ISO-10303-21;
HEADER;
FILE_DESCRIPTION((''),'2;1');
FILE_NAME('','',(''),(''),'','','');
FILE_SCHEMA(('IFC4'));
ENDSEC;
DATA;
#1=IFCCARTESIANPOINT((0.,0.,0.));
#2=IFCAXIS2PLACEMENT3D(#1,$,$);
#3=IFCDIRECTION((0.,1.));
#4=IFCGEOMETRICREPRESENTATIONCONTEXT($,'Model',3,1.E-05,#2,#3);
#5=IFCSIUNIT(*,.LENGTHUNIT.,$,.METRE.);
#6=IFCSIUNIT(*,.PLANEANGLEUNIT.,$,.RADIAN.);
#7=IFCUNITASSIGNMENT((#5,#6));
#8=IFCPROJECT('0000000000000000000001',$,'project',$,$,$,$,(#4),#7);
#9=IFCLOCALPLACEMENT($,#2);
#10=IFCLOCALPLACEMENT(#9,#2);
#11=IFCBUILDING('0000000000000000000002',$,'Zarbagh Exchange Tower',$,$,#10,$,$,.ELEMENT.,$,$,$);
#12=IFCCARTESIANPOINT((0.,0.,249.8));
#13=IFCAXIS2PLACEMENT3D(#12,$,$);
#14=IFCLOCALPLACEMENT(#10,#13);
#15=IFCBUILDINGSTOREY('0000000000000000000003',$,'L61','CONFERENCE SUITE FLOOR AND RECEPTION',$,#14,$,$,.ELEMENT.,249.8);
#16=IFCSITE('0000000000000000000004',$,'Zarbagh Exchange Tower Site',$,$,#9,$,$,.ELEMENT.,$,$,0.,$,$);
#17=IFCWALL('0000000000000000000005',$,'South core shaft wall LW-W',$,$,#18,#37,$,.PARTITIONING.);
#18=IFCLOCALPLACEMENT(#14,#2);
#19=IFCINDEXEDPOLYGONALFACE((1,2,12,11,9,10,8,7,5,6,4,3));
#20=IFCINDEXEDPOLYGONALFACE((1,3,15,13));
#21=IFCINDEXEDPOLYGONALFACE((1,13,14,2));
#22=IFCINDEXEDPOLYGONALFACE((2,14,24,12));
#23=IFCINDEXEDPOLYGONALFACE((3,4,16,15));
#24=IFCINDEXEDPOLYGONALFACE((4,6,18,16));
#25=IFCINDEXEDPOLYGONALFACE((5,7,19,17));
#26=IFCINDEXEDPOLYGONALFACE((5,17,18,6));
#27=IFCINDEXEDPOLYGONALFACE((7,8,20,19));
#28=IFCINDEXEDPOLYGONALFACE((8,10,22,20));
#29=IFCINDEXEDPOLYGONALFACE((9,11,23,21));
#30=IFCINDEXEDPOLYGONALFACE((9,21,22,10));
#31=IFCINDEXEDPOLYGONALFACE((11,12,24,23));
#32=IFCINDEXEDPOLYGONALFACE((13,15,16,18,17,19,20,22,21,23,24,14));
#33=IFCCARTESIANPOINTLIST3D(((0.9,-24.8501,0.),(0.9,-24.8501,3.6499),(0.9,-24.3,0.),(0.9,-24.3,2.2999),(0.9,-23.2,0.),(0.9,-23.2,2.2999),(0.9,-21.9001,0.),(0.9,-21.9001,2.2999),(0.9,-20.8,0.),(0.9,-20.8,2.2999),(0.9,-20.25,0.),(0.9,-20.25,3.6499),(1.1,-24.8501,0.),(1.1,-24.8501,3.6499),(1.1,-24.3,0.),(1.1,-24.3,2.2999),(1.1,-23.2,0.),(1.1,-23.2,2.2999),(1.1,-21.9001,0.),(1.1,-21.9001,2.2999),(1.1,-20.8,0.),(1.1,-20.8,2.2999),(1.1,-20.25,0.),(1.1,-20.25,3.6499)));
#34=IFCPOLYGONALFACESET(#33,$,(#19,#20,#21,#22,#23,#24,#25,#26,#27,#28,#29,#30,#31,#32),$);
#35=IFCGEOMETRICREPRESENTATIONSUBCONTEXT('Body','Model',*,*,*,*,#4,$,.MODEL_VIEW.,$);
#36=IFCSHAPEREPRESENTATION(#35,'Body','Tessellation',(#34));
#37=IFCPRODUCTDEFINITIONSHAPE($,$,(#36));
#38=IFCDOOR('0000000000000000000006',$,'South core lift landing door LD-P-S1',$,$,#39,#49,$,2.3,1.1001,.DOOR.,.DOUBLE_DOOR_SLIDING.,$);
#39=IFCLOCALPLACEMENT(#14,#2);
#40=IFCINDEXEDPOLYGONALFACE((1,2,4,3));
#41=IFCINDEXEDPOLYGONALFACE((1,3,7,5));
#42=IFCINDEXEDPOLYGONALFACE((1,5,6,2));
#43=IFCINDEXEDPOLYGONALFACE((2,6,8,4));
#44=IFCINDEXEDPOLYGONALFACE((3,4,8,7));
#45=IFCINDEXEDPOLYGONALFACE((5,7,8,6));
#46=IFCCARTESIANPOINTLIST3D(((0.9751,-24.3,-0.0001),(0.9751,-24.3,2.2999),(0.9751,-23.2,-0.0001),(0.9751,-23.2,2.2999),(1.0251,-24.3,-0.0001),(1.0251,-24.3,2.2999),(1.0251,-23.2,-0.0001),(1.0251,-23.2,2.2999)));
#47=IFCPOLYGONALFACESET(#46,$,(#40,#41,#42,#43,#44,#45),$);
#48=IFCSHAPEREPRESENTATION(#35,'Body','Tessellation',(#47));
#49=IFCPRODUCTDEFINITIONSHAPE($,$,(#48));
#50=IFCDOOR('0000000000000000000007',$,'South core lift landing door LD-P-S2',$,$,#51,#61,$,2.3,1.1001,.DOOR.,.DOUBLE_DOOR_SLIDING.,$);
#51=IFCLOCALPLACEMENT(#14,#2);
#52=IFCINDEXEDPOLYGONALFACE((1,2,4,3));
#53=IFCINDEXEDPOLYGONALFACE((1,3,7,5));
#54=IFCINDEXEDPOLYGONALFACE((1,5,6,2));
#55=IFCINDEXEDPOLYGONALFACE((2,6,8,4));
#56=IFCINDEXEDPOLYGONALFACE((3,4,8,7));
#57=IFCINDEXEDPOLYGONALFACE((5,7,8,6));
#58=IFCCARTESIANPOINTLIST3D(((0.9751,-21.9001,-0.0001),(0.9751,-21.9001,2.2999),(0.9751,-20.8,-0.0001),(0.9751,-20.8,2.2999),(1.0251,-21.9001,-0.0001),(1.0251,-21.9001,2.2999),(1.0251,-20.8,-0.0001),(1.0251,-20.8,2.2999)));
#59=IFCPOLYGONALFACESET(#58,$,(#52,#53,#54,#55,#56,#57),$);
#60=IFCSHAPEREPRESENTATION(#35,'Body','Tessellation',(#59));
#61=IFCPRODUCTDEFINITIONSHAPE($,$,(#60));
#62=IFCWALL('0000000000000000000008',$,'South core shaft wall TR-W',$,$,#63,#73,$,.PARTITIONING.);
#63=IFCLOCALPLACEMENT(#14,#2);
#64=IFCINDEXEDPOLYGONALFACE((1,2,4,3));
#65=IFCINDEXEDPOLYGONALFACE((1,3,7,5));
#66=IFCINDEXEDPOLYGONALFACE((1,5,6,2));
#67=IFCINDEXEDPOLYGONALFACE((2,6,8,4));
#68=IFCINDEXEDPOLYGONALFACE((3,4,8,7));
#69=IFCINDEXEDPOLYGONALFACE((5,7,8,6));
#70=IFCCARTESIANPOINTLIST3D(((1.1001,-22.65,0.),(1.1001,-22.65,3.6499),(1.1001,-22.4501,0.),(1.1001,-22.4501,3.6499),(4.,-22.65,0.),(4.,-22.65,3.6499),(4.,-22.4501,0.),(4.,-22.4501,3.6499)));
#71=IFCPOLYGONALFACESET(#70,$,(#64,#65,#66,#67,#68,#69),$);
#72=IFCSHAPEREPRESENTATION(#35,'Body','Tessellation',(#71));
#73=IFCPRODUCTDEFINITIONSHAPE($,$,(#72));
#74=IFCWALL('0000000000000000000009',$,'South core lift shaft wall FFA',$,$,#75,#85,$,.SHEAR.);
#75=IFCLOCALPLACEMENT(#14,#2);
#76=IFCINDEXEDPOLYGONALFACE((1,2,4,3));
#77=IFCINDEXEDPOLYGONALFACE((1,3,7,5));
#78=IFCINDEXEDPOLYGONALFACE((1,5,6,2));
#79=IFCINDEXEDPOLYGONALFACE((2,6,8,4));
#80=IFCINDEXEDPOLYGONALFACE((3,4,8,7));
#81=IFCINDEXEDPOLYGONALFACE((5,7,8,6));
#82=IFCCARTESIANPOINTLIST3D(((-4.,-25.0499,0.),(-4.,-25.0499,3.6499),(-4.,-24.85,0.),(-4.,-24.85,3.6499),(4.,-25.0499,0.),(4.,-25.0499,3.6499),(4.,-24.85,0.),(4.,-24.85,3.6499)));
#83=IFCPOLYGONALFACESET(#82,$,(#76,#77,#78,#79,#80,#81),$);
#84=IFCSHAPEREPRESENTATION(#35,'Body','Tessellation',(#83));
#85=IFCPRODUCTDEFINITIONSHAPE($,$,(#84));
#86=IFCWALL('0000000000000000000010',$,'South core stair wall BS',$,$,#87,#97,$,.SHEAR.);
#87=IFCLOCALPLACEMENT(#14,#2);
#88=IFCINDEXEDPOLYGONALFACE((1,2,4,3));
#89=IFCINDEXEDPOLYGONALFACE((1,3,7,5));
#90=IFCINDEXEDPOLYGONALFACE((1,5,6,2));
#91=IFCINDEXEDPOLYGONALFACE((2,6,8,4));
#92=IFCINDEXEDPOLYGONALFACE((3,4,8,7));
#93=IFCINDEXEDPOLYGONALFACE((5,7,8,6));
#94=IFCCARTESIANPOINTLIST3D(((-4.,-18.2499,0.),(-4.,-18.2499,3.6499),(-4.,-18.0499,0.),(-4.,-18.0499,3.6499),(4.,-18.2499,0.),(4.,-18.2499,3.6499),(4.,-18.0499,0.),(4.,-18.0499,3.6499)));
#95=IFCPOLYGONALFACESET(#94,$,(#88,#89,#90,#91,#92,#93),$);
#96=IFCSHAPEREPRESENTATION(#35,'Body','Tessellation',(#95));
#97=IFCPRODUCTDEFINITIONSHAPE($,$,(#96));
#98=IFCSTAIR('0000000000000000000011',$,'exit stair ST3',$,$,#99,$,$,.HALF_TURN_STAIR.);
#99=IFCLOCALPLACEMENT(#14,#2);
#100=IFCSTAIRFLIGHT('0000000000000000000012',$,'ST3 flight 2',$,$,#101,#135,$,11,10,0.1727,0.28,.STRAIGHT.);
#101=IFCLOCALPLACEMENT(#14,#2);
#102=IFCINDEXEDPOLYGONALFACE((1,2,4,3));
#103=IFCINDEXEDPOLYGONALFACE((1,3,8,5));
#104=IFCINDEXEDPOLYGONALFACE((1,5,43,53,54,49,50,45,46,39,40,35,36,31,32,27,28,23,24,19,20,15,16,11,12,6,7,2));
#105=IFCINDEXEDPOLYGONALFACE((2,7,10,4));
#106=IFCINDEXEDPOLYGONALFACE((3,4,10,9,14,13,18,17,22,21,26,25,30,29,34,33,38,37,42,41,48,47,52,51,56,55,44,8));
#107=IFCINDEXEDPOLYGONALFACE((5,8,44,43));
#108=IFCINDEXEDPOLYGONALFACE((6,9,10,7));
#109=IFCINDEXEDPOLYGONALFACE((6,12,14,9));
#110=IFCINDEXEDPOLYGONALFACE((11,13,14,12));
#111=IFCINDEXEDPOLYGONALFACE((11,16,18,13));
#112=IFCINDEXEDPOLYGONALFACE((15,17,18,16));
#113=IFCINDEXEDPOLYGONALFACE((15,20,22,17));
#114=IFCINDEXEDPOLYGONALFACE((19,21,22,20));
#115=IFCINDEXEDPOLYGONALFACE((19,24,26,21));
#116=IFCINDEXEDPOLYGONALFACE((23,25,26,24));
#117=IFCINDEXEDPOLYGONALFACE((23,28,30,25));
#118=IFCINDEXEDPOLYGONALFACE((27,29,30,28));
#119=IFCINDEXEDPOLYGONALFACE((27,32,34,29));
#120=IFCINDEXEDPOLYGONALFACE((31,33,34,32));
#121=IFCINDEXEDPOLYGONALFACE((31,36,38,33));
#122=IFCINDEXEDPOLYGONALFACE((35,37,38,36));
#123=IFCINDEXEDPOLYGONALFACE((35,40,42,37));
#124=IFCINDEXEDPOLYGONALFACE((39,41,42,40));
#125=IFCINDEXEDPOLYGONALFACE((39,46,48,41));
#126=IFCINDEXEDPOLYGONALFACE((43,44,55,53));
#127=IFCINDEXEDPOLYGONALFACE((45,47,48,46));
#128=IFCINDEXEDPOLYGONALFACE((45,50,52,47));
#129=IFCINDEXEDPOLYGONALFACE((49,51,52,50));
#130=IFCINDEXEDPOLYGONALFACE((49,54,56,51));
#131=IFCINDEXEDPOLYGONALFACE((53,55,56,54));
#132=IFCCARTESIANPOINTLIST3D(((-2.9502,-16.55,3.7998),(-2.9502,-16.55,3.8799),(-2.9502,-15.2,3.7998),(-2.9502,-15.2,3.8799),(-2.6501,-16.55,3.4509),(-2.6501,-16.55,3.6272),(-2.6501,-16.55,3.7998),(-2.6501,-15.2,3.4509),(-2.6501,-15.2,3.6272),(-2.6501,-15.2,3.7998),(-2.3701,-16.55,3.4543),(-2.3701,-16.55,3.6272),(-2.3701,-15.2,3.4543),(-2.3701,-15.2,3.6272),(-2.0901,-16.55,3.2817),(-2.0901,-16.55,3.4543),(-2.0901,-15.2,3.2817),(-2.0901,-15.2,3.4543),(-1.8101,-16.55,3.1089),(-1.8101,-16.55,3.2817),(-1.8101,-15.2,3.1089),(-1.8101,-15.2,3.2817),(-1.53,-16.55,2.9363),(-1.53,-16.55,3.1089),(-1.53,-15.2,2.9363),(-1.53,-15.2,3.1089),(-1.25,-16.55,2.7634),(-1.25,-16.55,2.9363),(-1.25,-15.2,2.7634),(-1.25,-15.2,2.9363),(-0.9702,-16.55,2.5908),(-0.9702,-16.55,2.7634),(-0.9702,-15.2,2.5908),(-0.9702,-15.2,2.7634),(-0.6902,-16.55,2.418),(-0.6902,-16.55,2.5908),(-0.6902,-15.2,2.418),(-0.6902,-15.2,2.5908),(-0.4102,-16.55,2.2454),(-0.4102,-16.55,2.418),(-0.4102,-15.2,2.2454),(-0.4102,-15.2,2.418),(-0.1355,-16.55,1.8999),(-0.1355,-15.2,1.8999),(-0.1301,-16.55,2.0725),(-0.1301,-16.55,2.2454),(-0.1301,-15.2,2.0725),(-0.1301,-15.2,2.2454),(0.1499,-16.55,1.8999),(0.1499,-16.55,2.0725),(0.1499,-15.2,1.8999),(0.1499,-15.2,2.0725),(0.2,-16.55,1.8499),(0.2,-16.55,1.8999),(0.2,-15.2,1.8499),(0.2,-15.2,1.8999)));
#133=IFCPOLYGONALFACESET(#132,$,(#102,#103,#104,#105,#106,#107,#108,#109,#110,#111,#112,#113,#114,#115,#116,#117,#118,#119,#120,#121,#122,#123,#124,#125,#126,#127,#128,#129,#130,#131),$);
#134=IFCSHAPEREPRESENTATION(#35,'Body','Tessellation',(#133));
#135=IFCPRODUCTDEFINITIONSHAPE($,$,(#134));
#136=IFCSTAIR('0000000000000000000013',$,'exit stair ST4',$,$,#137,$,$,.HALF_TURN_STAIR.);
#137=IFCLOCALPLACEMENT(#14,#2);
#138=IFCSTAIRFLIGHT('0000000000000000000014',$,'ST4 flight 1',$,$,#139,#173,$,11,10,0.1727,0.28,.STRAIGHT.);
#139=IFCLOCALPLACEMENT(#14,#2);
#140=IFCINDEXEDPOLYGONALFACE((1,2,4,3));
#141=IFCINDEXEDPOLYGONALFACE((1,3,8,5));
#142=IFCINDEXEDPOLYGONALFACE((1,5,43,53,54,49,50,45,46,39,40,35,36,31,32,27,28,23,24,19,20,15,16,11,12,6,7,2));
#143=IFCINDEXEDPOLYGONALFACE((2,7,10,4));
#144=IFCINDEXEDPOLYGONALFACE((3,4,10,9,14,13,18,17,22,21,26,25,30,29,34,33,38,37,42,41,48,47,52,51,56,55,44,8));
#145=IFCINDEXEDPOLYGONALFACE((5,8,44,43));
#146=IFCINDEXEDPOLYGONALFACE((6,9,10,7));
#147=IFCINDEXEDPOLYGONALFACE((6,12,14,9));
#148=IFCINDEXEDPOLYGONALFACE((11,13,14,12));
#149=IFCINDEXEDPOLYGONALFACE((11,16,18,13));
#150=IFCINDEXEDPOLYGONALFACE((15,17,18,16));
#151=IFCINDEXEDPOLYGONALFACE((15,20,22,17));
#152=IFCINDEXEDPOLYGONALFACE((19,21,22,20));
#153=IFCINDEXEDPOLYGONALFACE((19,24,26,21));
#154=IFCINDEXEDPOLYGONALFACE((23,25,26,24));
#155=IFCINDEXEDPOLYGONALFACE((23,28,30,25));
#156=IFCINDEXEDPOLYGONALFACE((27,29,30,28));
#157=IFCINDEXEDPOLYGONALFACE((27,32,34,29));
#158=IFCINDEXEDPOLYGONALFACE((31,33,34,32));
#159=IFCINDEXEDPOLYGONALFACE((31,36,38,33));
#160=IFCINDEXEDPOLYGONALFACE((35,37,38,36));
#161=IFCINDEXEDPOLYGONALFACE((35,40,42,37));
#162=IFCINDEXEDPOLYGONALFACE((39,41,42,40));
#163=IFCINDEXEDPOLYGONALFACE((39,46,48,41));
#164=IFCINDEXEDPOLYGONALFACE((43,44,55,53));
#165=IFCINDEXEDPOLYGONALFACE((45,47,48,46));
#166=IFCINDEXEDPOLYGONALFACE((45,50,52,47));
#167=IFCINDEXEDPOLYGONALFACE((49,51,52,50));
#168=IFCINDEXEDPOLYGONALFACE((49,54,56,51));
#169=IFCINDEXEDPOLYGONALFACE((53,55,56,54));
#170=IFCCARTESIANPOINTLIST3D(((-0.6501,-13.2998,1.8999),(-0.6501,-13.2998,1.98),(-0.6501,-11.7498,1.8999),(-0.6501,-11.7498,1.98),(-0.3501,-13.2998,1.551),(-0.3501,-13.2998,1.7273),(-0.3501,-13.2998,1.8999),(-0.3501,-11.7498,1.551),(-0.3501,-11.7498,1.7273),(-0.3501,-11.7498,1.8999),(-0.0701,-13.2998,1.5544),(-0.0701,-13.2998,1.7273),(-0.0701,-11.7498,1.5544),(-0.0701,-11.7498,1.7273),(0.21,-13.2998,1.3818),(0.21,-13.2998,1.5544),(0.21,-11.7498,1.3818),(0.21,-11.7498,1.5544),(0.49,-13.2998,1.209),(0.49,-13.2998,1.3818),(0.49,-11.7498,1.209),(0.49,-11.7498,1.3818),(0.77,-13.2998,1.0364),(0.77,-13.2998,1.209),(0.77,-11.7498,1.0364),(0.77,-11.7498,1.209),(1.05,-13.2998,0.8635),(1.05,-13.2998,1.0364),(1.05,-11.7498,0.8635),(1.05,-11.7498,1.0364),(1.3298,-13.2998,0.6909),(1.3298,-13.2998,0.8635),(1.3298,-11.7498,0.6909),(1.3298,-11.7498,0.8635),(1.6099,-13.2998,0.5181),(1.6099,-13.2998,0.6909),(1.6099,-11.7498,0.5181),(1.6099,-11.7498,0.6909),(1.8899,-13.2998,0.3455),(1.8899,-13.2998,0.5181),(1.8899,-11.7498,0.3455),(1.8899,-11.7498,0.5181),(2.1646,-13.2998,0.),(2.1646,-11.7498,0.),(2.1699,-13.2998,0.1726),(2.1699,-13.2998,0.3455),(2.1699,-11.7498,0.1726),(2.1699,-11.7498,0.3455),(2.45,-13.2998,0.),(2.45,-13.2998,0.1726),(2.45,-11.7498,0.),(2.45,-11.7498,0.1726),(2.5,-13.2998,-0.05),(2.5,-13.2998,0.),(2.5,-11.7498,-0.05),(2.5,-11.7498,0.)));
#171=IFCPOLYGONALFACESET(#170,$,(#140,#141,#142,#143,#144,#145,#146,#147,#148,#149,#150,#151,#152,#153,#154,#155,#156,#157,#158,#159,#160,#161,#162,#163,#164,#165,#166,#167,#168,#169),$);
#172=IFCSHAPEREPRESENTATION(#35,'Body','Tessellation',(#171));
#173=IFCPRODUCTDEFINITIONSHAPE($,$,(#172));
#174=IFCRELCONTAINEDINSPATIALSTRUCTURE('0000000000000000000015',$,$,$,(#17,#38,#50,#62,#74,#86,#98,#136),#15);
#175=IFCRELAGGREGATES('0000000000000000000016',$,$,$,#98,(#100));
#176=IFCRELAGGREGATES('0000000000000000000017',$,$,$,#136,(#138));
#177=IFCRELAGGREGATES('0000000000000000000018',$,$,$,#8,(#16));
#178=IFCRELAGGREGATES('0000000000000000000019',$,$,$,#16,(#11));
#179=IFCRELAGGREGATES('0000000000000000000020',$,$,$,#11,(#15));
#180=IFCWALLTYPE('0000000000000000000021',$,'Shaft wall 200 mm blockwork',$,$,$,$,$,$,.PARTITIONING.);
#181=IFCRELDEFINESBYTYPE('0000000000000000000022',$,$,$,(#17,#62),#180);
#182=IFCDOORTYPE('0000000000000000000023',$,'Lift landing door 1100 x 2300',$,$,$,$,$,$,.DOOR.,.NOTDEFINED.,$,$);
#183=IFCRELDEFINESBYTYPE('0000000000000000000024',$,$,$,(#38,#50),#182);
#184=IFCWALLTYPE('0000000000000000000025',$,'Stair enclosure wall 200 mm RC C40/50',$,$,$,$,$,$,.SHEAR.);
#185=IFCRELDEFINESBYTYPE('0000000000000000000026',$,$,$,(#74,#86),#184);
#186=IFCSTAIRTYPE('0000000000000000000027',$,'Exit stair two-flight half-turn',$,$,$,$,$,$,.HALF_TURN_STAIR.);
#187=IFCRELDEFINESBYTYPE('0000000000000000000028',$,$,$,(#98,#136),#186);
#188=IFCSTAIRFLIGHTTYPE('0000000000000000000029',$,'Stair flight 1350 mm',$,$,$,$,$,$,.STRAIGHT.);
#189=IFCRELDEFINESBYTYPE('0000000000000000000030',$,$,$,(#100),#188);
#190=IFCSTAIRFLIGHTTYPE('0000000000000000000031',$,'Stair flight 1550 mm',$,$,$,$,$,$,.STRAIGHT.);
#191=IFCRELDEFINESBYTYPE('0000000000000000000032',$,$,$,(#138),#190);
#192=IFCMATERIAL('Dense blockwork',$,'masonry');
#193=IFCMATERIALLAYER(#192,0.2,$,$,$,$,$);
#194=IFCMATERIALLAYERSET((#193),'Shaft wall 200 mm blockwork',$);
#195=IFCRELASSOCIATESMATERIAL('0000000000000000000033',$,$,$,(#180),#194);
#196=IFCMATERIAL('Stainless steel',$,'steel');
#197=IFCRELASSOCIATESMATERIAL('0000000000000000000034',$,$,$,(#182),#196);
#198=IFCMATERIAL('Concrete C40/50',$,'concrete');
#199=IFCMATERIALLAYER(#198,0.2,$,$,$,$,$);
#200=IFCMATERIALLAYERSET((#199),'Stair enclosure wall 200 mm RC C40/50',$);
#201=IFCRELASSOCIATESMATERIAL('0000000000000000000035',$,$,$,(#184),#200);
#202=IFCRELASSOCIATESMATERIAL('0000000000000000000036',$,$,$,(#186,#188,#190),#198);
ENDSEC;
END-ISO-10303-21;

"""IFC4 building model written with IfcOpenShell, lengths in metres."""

from ifc_helpers import new_model, si_unit, direction, frame, frame_2d, origin, place, context, subcontext, project, spatial, polyline, rectangle, outline, extrude, material, layer, layer_set, type_object, element, fill, aggregate, save


model = new_model("IFC4")

# Units and contexts
model_context = context("Model", 3, precision=1e-05, world=origin(), true_north=direction((0.0, 1.0)))
body_context = subcontext(model_context, "Body", "Model", "MODEL_VIEW")
ifc_project = project(units=[si_unit("LENGTHUNIT", "METRE"), si_unit("PLANEANGLEUNIT", "RADIAN")], contexts=[model_context])

# Site, building, storey
site_placement = place(None, origin())
site = spatial("IfcSite", under=ifc_project, at=site_placement, Name="Zarbagh Exchange Tower Site", CompositionType="ELEMENT", RefElevation=0.0)
building_placement = place(site_placement, origin())
building = spatial("IfcBuilding", under=site, at=building_placement, Name="Zarbagh Exchange Tower", CompositionType="ELEMENT")
storey_placement = place(building_placement, frame((0.0, 0.0, 249.8)))
storey = spatial("IfcBuildingStorey", under=building, at=storey_placement, Name="L61", Description="CONFERENCE SUITE FLOOR AND RECEPTION", CompositionType="ELEMENT", Elevation=249.8)

# Shared definitions
ifc_material_1 = material(Name="Dense blockwork", Category="masonry")
ifc_layer_1 = layer(ifc_material_1, 0.2)
ifc_layer_set_1 = layer_set([ifc_layer_1], Name="Shaft wall 200 mm blockwork")
wall_type_1 = type_object("IfcWallType", Name="Shaft wall 200 mm blockwork", PredefinedType="PARTITIONING", material=ifc_layer_set_1)

# Wall, openings, doors
wall_1_placement = place(storey_placement, frame((1.0, -24.8501, 0.0), z_axis=(0.0, 0.0, 1.0), x_axis=(0.0, 1.0, 0.0)))
wall_1 = element("IfcWall", 1, at=wall_1_placement, inside=storey, type_object=wall_type_1, Name="South core shaft wall LW-W", PredefinedType="PARTITIONING", context=body_context, shape_type="SweptSolid", body=[
    extrude(rectangle(XDim=4.6001, YDim=0.2, at=frame_2d((2.3, 0.0))), origin(), (0.0, 0.0, 1.0), 3.6499),
])
opening_1_placement = place(wall_1_placement, frame((0.55, 0.0, 0.0)))
opening_1 = element("IfcOpeningElement", 2, at=opening_1_placement, cuts=wall_1, PredefinedType="OPENING", context=body_context, shape_type="SweptSolid", body=[
    extrude(rectangle(XDim=1.1001, YDim=2.3, at=frame_2d((0.55, 1.1499))), frame((0.0, 0.1099, 0.0), z_axis=(0.0, -1.0, 0.0), x_axis=(1.0, 0.0, 0.0)), (0.0, 0.0, 1.0), 0.22),
])
opening_2_placement = place(wall_1_placement, frame((2.95, 0.0, 0.0)))
opening_2 = element("IfcOpeningElement", 3, at=opening_2_placement, cuts=wall_1, PredefinedType="OPENING", context=body_context, shape_type="SweptSolid", body=[
    extrude(rectangle(XDim=1.1001, YDim=2.3, at=frame_2d((0.55, 1.1499))), frame((0.0, 0.1099, 0.0), z_axis=(0.0, -1.0, 0.0), x_axis=(1.0, 0.0, 0.0)), (0.0, 0.0, 1.0), 0.22),
])
ifc_material_2 = material(Name="Stainless steel", Category="steel")
door_type = type_object("IfcDoorType", Name="Lift landing door 1100 x 2300", OperationType="NOTDEFINED", PredefinedType="DOOR", material=ifc_material_2)
door_1_placement = place(opening_1_placement, origin())
door_1 = element("IfcDoor", 4, at=door_1_placement, inside=storey, type_object=door_type, Name="South core lift landing door LD-P-S1", OperationType="DOUBLE_DOOR_SLIDING", OverallHeight=2.3, OverallWidth=1.1001, PredefinedType="DOOR", context=body_context, shape_type="SweptSolid", body=[
    extrude(rectangle(XDim=1.1001, YDim=2.3, at=frame_2d((0.55, 1.1499))), frame((0.0, 0.0249, 0.0), z_axis=(0.0, -1.0, 0.0), x_axis=(1.0, 0.0, 0.0)), (0.0, 0.0, 1.0), 0.05),
])
fill(opening_1, door_1)
door_2_placement = place(opening_2_placement, origin())
door_2 = element("IfcDoor", 5, at=door_2_placement, inside=storey, type_object=door_type, Name="South core lift landing door LD-P-S2", OperationType="DOUBLE_DOOR_SLIDING", OverallHeight=2.3, OverallWidth=1.1001, PredefinedType="DOOR", context=body_context, shape_type="SweptSolid", body=[
    extrude(rectangle(XDim=1.1001, YDim=2.3, at=frame_2d((0.55, 1.1499))), frame((0.0, 0.0249, 0.0), z_axis=(0.0, -1.0, 0.0), x_axis=(1.0, 0.0, 0.0)), (0.0, 0.0, 1.0), 0.05),
])
fill(opening_2, door_2)

# Walls
wall_2_placement = place(storey_placement, frame((4.0, -22.55, 0.0), z_axis=(0.0, 0.0, 1.0), x_axis=(-1.0, 0.0, 0.0)))
element("IfcWall", 6, at=wall_2_placement, inside=storey, type_object=wall_type_1, Name="South core shaft wall TR-W", PredefinedType="PARTITIONING", context=body_context, shape_type="SweptSolid", body=[
    extrude(rectangle(XDim=2.8999, YDim=0.2, at=frame_2d((1.45, 0.0))), origin(), (0.0, 0.0, 1.0), 3.6499),
])
ifc_material_3 = material(Name="Concrete C40/50", Category="concrete")
ifc_layer_2 = layer(ifc_material_3, 0.2)
ifc_layer_set_2 = layer_set([ifc_layer_2], Name="Stair enclosure wall 200 mm RC C40/50")
wall_type_2 = type_object("IfcWallType", Name="Stair enclosure wall 200 mm RC C40/50", PredefinedType="SHEAR", material=ifc_layer_set_2)
for number, where, z_axis, x_axis, name in (
    (7, (4.0, -24.95, 0.0), (0.0, 0.0, 1.0), (-1.0, 0.0, 0.0), "South core lift shaft wall FFA"),
    (8, (4.0, -18.1499, 0.0), (0.0, 0.0, 1.0), (-1.0, 0.0, 0.0), "South core stair wall BS"),
):
    element("IfcWall", number, at=place(storey_placement, frame(where, z_axis=z_axis, x_axis=x_axis)), inside=storey, type_object=wall_type_2, Name=name, PredefinedType="SHEAR", context=body_context, shape_type="SweptSolid", body=[
        extrude(rectangle(XDim=8.0, YDim=0.2, at=frame_2d((4.0, 0.0))), origin(), (0.0, 0.0, 1.0), 3.6499),
    ])

# Stairs, stair flights
stair_type = type_object("IfcStairType", Name="Exit stair two-flight half-turn", PredefinedType="HALF_TURN_STAIR", material=ifc_material_3)
stair_1_placement = place(storey_placement, origin())
stair_1 = element("IfcStair", 9, at=stair_1_placement, inside=storey, type_object=stair_type, Name="exit stair ST3", PredefinedType="HALF_TURN_STAIR")
stair_flight_type_1 = type_object("IfcStairFlightType", Name="Stair flight 1350 mm", PredefinedType="STRAIGHT", material=ifc_material_3)
stair_flight_1_placement = place(storey_placement, frame((0.1499, -15.875, 1.8999), z_axis=(0.0, 0.0, 1.0), x_axis=(-1.0, 0.0, 0.0)))
stair_flight_1 = element("IfcStairFlight", 10, at=stair_flight_1_placement, type_object=stair_flight_type_1, Name="ST3 flight 2", NumberOfRisers=11, NumberOfTreads=10, PredefinedType="STRAIGHT", RiserHeight=0.1727, TreadLength=0.28, context=body_context, shape_type="SweptSolid", body=[
    extrude(outline(polyline([(-0.05, -0.05), (-0.05, 0.0), (0.0, 0.0), (0.0, 0.1726), (0.28, 0.1726), (0.28, 0.3455), (0.5601, 0.3455), (0.5601, 0.5181), (0.8401, 0.5181), (0.8401, 0.6909), (1.1201, 0.6909), (1.1201, 0.8635), (1.3999, 0.8635), (1.3999, 1.0364), (1.6799, 1.0364), (1.6799, 1.209), (1.96, 1.209), (1.96, 1.3818), (2.24, 1.3818), (2.24, 1.5544), (2.52, 1.5544), (2.52, 1.7273), (2.8, 1.7273), (2.8, 1.8999), (3.1001, 1.98), (3.1001, 1.8999), (2.8, 1.551), (0.2854, 0.0), (-0.05, -0.05)])), frame((0.0, 0.675, 0.0), z_axis=(0.0, -1.0, 0.0), x_axis=(1.0, 0.0, 0.0)), (0.0, 0.0, 1.0), 1.3501),
])
aggregate(stair_1, [stair_flight_1])
stair_2_placement = place(storey_placement, origin())
stair_2 = element("IfcStair", 11, at=stair_2_placement, inside=storey, type_object=stair_type, Name="exit stair ST4", PredefinedType="HALF_TURN_STAIR")
stair_flight_type_2 = type_object("IfcStairFlightType", Name="Stair flight 1550 mm", PredefinedType="STRAIGHT", material=ifc_material_3)
stair_flight_2_placement = place(storey_placement, frame((2.45, -12.5249, 0.0), z_axis=(0.0, 0.0, 1.0), x_axis=(-1.0, 0.0, 0.0)))
stair_flight_2 = element("IfcStairFlight", 12, at=stair_flight_2_placement, type_object=stair_flight_type_2, Name="ST4 flight 1", NumberOfRisers=11, NumberOfTreads=10, PredefinedType="STRAIGHT", RiserHeight=0.1727, TreadLength=0.28, context=body_context, shape_type="SweptSolid", body=[
    extrude(outline(polyline([(-0.05, -0.05), (-0.05, 0.0), (0.0, 0.0), (0.0, 0.1726), (0.28, 0.1726), (0.28, 0.3455), (0.5601, 0.3455), (0.5601, 0.5181), (0.8401, 0.5181), (0.8401, 0.6909), (1.1201, 0.6909), (1.1201, 0.8635), (1.3999, 0.8635), (1.3999, 1.0364), (1.6799, 1.0364), (1.6799, 1.209), (1.96, 1.209), (1.96, 1.3818), (2.24, 1.3818), (2.24, 1.5544), (2.52, 1.5544), (2.52, 1.7273), (2.8, 1.7273), (2.8, 1.8999), (3.1001, 1.98), (3.1001, 1.8999), (2.8, 1.551), (0.2854, 0.0), (-0.05, -0.05)])), frame((0.0, 0.7749, 0.0), z_axis=(0.0, -1.0, 0.0), x_axis=(1.0, 0.0, 0.0)), (0.0, 0.0, 1.0), 1.55),
])
aggregate(stair_2, [stair_flight_2])

save(model, "model.ifc")
